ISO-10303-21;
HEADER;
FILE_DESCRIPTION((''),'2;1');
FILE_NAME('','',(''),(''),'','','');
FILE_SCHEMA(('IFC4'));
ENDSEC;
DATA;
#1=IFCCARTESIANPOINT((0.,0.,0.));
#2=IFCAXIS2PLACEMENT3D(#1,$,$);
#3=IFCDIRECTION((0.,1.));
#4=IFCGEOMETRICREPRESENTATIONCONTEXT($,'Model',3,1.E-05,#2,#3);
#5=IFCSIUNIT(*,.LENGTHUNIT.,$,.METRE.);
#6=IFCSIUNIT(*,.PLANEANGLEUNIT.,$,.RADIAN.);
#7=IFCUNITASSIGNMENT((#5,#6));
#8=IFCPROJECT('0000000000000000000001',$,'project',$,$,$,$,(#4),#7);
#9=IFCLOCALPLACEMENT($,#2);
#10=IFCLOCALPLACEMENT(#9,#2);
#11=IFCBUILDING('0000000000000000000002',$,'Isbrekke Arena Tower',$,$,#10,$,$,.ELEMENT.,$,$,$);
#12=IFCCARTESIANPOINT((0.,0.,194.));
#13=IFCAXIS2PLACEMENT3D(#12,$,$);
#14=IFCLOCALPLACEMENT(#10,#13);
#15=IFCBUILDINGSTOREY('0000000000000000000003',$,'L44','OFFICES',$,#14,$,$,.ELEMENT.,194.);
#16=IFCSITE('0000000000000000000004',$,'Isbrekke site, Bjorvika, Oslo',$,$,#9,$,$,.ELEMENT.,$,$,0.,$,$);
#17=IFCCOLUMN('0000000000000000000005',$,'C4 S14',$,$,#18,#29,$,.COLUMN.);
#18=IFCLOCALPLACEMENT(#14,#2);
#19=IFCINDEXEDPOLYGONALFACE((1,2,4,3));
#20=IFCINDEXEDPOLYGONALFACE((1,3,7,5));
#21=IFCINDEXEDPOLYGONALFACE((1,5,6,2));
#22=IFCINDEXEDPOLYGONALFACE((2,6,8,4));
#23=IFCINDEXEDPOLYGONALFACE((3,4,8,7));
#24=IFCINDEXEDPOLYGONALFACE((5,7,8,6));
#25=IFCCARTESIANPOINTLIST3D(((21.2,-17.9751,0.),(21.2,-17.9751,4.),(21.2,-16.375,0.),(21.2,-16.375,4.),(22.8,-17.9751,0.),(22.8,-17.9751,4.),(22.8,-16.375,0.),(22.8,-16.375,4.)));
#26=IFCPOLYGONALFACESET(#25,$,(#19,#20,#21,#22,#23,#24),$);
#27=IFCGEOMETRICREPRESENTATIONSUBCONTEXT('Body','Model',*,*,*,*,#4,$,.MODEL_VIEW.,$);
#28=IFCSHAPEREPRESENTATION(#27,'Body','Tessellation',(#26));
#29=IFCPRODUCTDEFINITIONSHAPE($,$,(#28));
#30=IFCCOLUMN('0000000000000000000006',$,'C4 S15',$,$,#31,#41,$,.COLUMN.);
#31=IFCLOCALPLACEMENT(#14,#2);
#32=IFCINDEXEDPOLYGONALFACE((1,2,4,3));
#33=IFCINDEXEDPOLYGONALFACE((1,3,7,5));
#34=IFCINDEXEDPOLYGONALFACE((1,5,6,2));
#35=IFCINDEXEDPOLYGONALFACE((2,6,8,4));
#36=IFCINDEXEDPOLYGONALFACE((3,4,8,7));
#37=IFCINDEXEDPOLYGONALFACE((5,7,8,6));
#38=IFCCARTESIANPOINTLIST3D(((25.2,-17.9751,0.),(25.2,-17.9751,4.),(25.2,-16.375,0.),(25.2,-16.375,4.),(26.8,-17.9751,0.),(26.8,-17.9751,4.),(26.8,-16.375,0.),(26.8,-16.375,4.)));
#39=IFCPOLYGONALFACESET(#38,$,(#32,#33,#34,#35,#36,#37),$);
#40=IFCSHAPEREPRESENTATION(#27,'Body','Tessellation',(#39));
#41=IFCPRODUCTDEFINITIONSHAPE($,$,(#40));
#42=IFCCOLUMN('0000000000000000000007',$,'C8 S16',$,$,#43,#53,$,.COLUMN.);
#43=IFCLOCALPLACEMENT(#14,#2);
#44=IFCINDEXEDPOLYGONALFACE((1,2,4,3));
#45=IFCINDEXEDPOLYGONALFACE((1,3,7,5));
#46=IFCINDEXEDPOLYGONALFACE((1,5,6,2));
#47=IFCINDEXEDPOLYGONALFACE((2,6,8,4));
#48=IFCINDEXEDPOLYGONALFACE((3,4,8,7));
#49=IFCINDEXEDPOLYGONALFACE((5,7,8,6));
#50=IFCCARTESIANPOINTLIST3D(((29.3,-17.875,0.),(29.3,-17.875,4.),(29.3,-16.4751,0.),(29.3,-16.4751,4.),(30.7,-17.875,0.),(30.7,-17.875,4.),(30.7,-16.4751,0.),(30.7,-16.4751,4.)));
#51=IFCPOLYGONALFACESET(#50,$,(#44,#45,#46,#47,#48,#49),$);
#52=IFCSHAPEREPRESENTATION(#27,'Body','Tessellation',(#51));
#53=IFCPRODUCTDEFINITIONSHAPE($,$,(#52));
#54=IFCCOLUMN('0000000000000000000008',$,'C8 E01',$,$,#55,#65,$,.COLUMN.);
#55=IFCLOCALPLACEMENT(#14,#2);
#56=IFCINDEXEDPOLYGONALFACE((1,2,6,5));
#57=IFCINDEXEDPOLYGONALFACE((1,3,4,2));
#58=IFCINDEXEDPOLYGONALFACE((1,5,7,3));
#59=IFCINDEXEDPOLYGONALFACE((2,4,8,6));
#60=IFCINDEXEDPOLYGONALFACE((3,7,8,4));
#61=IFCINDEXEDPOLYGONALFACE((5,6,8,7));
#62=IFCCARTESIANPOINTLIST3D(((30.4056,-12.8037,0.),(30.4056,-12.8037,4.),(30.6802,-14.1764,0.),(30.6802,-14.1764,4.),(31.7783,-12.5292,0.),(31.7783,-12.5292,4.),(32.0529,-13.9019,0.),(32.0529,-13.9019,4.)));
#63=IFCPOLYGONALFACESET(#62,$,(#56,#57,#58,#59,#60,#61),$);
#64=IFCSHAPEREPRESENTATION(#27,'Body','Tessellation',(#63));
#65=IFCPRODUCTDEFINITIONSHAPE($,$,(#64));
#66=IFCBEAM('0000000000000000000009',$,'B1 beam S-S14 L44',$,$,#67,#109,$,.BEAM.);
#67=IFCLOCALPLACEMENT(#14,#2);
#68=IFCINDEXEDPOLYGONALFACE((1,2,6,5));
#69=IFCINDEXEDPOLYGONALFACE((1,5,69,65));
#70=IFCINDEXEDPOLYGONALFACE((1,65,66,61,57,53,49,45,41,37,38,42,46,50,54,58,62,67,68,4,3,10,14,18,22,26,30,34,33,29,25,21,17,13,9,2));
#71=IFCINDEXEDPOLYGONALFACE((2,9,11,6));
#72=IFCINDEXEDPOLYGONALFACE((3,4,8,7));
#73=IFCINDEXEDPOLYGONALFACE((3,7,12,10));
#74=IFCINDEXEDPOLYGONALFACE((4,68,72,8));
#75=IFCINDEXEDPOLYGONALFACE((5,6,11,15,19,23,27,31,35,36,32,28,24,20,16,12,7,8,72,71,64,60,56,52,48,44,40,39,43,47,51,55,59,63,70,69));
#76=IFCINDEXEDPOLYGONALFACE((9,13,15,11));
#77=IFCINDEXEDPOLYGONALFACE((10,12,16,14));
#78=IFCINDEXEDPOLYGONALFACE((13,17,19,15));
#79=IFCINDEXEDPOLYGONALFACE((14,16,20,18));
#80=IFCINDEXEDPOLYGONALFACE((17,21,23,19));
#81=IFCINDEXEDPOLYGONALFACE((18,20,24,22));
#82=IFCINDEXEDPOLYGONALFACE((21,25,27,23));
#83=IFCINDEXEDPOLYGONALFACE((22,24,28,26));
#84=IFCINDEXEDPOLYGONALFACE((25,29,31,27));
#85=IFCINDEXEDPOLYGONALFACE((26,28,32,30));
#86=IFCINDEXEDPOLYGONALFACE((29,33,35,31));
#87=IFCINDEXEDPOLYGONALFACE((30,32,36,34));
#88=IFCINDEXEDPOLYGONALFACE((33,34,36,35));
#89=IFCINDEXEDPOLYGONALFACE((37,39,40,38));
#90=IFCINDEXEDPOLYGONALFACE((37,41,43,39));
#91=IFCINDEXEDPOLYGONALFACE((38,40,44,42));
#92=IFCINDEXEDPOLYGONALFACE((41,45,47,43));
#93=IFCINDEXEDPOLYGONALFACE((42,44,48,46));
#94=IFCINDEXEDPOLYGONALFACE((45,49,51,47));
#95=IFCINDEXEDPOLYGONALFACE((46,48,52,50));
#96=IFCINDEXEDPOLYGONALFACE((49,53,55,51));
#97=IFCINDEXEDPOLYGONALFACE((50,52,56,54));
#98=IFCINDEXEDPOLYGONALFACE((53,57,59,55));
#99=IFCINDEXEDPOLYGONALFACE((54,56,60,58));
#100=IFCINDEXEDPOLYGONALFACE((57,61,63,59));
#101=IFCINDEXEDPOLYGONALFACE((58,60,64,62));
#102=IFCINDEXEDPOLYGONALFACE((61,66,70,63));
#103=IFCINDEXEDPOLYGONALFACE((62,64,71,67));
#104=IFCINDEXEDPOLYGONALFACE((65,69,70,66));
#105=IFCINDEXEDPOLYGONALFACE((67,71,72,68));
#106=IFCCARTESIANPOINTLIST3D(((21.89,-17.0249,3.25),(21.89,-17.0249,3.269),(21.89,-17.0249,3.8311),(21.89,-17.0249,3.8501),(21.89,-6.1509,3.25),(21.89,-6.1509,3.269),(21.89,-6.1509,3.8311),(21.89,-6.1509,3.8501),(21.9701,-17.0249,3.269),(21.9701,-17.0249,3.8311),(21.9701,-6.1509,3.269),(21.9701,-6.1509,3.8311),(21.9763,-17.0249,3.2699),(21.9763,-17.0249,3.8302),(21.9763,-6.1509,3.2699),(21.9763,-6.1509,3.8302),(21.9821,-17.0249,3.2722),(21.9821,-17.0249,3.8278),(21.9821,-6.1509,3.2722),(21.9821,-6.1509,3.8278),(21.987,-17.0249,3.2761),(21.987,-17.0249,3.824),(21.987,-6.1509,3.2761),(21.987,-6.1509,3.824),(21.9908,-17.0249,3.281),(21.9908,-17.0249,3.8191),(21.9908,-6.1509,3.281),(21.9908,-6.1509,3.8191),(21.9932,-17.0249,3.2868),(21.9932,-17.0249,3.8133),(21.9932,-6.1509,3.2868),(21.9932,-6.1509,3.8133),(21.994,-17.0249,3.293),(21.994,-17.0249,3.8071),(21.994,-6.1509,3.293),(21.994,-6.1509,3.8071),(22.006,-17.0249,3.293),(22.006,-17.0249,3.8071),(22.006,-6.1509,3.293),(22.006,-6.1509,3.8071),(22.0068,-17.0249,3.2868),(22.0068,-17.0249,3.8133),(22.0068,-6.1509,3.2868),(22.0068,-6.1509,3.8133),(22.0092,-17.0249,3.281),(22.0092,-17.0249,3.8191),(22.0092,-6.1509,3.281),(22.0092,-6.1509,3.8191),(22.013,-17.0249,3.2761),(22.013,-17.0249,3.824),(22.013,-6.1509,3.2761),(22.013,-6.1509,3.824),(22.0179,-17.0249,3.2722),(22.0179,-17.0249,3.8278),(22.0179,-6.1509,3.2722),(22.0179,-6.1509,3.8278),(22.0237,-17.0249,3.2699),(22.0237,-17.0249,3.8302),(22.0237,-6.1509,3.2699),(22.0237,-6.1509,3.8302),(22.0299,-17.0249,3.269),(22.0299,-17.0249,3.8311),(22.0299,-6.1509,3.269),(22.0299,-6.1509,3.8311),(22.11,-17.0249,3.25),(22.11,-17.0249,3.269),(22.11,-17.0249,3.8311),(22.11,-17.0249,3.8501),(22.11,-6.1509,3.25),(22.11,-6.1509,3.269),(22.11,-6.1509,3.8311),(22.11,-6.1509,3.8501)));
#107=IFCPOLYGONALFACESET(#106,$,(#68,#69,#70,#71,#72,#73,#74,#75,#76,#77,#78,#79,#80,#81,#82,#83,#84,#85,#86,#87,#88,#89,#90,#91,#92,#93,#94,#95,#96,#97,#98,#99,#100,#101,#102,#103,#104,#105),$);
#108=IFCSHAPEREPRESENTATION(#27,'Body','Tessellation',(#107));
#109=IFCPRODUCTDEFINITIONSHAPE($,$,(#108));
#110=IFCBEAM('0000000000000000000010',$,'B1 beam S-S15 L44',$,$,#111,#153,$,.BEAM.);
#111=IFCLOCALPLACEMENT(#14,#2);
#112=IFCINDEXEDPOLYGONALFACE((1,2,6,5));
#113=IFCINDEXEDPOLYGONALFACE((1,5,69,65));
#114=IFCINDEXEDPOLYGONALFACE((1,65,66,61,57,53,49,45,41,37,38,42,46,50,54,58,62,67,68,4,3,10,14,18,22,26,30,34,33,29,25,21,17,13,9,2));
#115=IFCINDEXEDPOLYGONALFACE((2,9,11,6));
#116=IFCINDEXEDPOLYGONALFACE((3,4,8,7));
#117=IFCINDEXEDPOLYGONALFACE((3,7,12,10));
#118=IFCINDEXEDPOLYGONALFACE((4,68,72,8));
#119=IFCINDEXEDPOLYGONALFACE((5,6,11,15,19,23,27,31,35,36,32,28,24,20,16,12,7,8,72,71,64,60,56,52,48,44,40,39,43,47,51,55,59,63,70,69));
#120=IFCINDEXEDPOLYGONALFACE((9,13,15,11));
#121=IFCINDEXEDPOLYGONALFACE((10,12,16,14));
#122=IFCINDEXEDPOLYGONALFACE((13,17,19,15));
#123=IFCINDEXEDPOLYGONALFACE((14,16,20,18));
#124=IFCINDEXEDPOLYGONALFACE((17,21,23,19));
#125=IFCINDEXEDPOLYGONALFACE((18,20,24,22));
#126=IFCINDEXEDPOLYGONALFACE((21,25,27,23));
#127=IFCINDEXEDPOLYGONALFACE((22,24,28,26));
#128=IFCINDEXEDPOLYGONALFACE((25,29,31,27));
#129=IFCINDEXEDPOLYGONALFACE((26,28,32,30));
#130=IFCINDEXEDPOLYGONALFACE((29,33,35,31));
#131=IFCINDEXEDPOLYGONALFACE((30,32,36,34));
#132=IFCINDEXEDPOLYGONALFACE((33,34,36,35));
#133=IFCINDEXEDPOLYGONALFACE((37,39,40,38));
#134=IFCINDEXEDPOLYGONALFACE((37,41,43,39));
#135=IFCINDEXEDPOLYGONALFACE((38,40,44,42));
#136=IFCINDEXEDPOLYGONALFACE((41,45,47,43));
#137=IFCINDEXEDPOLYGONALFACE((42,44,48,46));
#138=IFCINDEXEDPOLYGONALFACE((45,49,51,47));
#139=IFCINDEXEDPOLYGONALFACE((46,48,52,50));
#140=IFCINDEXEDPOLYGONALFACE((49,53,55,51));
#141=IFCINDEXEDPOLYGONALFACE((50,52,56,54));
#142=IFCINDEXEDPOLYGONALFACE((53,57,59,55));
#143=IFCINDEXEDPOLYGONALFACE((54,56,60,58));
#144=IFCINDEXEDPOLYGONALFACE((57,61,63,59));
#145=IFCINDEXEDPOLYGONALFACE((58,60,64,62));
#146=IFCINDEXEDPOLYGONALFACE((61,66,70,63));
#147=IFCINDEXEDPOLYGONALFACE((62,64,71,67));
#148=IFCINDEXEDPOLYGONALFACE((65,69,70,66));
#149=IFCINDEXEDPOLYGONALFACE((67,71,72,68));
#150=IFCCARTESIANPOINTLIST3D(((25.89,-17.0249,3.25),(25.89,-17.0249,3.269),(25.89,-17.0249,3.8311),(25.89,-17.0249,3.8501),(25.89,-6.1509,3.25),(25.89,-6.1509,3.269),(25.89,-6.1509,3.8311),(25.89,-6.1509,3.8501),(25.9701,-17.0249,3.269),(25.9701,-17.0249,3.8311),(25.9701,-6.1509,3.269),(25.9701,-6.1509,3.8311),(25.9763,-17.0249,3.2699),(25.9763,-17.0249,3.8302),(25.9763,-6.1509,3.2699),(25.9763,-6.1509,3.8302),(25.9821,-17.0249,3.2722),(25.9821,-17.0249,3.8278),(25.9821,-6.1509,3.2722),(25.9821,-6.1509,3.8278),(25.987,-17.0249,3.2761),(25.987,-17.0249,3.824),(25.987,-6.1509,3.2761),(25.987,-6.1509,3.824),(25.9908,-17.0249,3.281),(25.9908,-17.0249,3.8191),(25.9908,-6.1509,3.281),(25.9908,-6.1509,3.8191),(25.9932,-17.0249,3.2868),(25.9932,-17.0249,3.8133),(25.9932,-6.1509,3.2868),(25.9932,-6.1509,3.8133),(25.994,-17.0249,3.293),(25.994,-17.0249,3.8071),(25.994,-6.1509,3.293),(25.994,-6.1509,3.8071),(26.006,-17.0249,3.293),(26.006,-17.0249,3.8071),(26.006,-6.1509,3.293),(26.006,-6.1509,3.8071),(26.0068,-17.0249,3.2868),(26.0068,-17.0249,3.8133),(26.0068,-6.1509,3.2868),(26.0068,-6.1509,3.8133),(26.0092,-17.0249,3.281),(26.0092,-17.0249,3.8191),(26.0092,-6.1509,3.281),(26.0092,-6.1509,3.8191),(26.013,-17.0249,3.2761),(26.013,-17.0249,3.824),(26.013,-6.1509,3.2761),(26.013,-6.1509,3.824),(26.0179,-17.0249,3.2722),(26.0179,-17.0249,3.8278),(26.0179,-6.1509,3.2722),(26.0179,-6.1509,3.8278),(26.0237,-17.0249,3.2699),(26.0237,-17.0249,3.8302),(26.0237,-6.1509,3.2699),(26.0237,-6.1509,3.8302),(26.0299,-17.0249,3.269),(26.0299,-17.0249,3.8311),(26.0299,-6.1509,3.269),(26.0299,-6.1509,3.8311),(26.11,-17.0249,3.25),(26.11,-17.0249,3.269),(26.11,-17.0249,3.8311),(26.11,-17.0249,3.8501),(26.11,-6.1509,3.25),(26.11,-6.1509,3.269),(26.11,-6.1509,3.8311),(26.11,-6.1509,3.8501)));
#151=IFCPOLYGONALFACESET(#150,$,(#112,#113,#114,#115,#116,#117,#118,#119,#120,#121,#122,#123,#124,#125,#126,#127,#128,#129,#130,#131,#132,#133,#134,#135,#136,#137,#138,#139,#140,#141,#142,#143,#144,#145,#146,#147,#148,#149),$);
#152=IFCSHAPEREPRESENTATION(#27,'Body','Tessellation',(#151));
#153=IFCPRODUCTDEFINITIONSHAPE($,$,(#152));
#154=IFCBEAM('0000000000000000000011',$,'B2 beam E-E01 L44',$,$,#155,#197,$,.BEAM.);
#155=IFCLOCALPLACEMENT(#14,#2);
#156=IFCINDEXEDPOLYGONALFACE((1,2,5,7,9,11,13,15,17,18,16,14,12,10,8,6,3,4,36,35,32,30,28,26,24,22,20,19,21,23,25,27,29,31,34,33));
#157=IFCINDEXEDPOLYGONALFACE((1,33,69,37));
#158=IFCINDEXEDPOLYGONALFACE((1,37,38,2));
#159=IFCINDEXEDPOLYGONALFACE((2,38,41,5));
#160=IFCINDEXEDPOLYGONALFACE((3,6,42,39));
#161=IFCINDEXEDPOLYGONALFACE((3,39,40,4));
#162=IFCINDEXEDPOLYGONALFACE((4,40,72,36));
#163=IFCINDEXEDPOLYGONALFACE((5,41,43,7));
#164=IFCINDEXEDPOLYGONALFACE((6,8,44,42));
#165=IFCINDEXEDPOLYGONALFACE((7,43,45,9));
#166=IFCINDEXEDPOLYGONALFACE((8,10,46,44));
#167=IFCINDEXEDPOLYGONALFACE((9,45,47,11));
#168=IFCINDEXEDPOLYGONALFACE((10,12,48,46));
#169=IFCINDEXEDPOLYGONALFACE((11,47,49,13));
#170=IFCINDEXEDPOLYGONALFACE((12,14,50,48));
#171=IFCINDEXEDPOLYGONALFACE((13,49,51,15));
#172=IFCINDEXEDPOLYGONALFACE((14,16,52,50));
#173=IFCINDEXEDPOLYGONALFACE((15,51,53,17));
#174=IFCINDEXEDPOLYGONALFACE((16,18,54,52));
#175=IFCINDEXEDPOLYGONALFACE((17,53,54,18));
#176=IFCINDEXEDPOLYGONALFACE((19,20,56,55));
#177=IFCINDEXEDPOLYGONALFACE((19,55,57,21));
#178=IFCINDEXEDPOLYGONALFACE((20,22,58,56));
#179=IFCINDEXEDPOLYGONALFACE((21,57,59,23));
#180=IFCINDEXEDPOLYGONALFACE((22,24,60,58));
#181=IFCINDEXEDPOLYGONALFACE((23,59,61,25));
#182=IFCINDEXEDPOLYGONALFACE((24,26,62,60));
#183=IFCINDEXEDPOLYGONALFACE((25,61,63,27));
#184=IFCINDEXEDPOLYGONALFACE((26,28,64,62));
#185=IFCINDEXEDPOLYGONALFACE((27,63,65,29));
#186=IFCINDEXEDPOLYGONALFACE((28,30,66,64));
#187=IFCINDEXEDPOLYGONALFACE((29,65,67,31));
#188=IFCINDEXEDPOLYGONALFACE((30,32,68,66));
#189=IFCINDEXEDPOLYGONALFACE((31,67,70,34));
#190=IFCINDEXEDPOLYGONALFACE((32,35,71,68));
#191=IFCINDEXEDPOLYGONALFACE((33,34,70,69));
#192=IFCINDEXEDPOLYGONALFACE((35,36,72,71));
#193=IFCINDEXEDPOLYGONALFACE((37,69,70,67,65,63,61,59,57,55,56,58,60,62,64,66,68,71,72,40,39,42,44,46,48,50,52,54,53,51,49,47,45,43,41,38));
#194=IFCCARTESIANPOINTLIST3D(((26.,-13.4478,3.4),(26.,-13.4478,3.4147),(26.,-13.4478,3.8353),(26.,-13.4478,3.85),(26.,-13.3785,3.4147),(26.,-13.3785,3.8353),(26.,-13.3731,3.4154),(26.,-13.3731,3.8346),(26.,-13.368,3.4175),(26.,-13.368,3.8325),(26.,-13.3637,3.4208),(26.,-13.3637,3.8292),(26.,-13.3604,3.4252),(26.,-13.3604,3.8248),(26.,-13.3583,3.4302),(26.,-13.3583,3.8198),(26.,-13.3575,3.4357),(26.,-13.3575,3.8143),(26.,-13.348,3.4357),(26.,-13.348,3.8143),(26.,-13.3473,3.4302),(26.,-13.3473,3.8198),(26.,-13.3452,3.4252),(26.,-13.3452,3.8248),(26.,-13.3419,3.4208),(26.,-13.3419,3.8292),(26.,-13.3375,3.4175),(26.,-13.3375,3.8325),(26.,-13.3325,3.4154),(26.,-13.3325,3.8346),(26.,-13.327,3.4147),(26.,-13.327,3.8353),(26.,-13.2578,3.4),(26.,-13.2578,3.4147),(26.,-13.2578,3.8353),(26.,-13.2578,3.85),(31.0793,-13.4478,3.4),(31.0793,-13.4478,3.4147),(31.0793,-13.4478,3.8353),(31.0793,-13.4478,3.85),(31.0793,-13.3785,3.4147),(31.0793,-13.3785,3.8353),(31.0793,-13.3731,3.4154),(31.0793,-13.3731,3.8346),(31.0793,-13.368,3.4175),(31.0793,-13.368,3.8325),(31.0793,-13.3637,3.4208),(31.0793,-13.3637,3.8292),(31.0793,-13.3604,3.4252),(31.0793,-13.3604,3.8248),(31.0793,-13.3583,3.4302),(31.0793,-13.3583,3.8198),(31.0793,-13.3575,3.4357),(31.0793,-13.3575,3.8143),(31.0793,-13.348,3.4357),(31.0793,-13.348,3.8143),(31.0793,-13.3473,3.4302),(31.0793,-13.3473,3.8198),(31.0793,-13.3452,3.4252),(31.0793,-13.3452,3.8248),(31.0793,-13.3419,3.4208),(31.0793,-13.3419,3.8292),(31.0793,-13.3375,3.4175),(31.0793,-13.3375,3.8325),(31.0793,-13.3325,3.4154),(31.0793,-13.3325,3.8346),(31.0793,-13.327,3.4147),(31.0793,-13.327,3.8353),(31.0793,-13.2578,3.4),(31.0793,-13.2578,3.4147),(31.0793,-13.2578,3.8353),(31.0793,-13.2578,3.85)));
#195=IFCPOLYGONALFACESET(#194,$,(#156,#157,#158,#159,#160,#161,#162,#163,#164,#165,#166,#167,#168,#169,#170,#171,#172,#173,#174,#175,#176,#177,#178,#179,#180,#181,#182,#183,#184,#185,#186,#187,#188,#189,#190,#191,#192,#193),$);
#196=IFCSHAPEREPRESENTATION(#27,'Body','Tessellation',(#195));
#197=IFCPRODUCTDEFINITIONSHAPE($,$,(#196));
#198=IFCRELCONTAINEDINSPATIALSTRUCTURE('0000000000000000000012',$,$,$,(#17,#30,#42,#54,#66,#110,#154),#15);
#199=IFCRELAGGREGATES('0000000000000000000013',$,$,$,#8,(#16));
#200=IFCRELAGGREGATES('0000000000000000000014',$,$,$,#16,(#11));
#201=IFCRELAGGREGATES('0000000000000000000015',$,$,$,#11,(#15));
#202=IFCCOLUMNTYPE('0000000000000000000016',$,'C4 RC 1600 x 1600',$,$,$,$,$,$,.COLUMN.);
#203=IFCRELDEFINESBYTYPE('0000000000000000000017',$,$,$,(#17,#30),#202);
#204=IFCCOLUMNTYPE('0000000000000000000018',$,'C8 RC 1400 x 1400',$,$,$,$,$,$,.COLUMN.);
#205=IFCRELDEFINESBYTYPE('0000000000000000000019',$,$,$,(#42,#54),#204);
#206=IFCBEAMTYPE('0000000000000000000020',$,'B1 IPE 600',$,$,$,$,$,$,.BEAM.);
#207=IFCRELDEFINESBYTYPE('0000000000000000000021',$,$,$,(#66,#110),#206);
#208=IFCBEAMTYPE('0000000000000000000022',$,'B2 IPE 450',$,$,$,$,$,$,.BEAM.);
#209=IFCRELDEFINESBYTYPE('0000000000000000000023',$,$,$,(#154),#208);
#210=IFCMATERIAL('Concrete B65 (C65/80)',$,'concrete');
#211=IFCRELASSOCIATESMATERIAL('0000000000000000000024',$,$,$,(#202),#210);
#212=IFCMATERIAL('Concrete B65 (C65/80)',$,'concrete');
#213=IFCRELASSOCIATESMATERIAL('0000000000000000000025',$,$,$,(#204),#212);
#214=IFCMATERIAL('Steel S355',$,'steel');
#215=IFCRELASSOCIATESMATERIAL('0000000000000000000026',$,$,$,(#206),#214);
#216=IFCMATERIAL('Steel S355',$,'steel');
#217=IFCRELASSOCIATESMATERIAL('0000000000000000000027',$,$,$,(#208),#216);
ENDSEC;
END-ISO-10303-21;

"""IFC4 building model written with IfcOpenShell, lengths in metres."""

from ifc_helpers import new_model, si_unit, direction, frame, origin, origin_2d, place, context, subcontext, project, spatial, rectangle, i_section, extrude, material, material_profile, profile_set, type_object, element, save


model = new_model("IFC4")

# Units and contexts
model_context = context("Model", 3, precision=1e-05, world=origin(), true_north=direction((0.0, 1.0)))
body_context = subcontext(model_context, "Body", "Model", "MODEL_VIEW")
ifc_project = project(units=[si_unit("LENGTHUNIT", "METRE"), si_unit("PLANEANGLEUNIT", "RADIAN")], contexts=[model_context])

# Site, building, storey
site_placement = place(None, origin())
site = spatial("IfcSite", under=ifc_project, at=site_placement, Name="Isbrekke site, Bjorvika, Oslo", CompositionType="ELEMENT", RefElevation=0.0)
building_placement = place(site_placement, origin())
building = spatial("IfcBuilding", under=site, at=building_placement, Name="Isbrekke Arena Tower", CompositionType="ELEMENT")
storey_placement = place(building_placement, frame((0.0, 0.0, 194.0)))
storey = spatial("IfcBuildingStorey", under=building, at=storey_placement, Name="L44", Description="OFFICES", CompositionType="ELEMENT", Elevation=194.0)

# Columns
ifc_material_1 = material(Name="Concrete B65 (C65/80)", Category="concrete")
ifc_material_profile_1 = material_profile(ifc_material_1, rectangle(XDim=1.6001, YDim=1.6001, at=origin_2d()), Name="RC 1600x1600")
ifc_profile_set_1 = profile_set([ifc_material_profile_1], Name="Concrete B65 (C65/80)")
column_type_1 = type_object("IfcColumnType", Name="C4 RC 1600 x 1600", PredefinedType="COLUMN", material=ifc_profile_set_1)
for number, where, z_axis, x_axis, name in (
    (1, (22.0, -17.175, 0.0), (0.0, 0.0, 1.0), (1.0, 0.0, 0.0), "C4 S14"),
    (2, (26.0, -17.175, 0.0), (0.0, 0.0, 1.0), (1.0, 0.0, 0.0), "C4 S15"),
):
    element("IfcColumn", number, at=place(storey_placement, frame(where, z_axis=z_axis, x_axis=x_axis)), inside=storey, type_object=column_type_1, Name=name, PredefinedType="COLUMN", context=body_context, shape_type="SweptSolid", body=[
        extrude(rectangle(XDim=1.6001, YDim=1.6001, at=origin_2d()), origin(), (0.0, 0.0, 1.0), 4.0),
    ])
ifc_material_2 = material(Name="Concrete B65 (C65/80)", Category="concrete")
ifc_material_profile_2 = material_profile(ifc_material_2, rectangle(XDim=1.3999, YDim=1.3999, at=origin_2d()), Name="RC 1400x1400")
ifc_profile_set_2 = profile_set([ifc_material_profile_2], Name="Concrete B65 (C65/80)")
column_type_2 = type_object("IfcColumnType", Name="C8 RC 1400 x 1400", PredefinedType="COLUMN", material=ifc_profile_set_2)
for number, where, z_axis, x_axis, name in (
    (3, (30.0, -17.175, 0.0), (0.0, 0.0, 1.0), (1.0, 0.0, 0.0), "C8 S16"),
    (4, (31.2292, -13.3528, 0.0), (0.0, 0.0, 1.0), (-0.196116, 0.980581, 0.0), "C8 E01"),
):
    element("IfcColumn", number, at=place(storey_placement, frame(where, z_axis=z_axis, x_axis=x_axis)), inside=storey, type_object=column_type_2, Name=name, PredefinedType="COLUMN", context=body_context, shape_type="SweptSolid", body=[
        extrude(rectangle(XDim=1.3999, YDim=1.3999, at=origin_2d()), origin(), (0.0, 0.0, 1.0), 4.0),
    ])

# Beams
ifc_material_3 = material(Name="Steel S355", Category="steel")
ifc_material_profile_3 = material_profile(ifc_material_3, i_section(OverallWidth=0.22, OverallDepth=0.6001, WebThickness=0.012, FlangeThickness=0.019, FilletRadius=0.0239, at=origin_2d()), Name="IPE 600")
ifc_profile_set_3 = profile_set([ifc_material_profile_3], Name="Steel S355")
beam_type_1 = type_object("IfcBeamType", Name="B1 IPE 600", PredefinedType="BEAM", material=ifc_profile_set_3)
for number, where, z_axis, x_axis, name in (
    (5, (22.0, -17.0249, 3.55), (0.0, 1.0, 0.0), (-1.0, 0.0, 0.0), "B1 beam S-S14 L44"),
    (6, (26.0, -17.0249, 3.55), (0.0, 1.0, 0.0), (-1.0, 0.0, 0.0), "B1 beam S-S15 L44"),
):
    element("IfcBeam", number, at=place(storey_placement, frame(where, z_axis=z_axis, x_axis=x_axis)), inside=storey, type_object=beam_type_1, Name=name, PredefinedType="BEAM", context=body_context, shape_type="SweptSolid", body=[
        extrude(i_section(OverallWidth=0.22, OverallDepth=0.6001, WebThickness=0.012, FlangeThickness=0.019, FilletRadius=0.0239, at=origin_2d()), origin(), (0.0, 0.0, 1.0), 10.874),
    ])
ifc_material_4 = material(Name="Steel S355", Category="steel")
ifc_material_profile_4 = material_profile(ifc_material_4, i_section(OverallWidth=0.1899, OverallDepth=0.45, WebThickness=0.0095, FlangeThickness=0.0146, FilletRadius=0.021, at=origin_2d()), Name="IPE 450")
ifc_profile_set_4 = profile_set([ifc_material_profile_4], Name="Steel S355")
beam_type_2 = type_object("IfcBeamType", Name="B2 IPE 450", PredefinedType="BEAM", material=ifc_profile_set_4)
beam_1_placement = place(storey_placement, frame((31.0793, -13.3528, 3.625), z_axis=(-1.0, 0.0, 0.0), x_axis=(0.0, -1.0, 0.0)))
element("IfcBeam", 7, at=beam_1_placement, inside=storey, type_object=beam_type_2, Name="B2 beam E-E01 L44", PredefinedType="BEAM", context=body_context, shape_type="SweptSolid", body=[
    extrude(i_section(OverallWidth=0.1899, OverallDepth=0.45, WebThickness=0.0095, FlangeThickness=0.0146, FilletRadius=0.021, at=origin_2d()), origin(), (0.0, 0.0, 1.0), 5.0793),
])

save(model, "model.ifc")
